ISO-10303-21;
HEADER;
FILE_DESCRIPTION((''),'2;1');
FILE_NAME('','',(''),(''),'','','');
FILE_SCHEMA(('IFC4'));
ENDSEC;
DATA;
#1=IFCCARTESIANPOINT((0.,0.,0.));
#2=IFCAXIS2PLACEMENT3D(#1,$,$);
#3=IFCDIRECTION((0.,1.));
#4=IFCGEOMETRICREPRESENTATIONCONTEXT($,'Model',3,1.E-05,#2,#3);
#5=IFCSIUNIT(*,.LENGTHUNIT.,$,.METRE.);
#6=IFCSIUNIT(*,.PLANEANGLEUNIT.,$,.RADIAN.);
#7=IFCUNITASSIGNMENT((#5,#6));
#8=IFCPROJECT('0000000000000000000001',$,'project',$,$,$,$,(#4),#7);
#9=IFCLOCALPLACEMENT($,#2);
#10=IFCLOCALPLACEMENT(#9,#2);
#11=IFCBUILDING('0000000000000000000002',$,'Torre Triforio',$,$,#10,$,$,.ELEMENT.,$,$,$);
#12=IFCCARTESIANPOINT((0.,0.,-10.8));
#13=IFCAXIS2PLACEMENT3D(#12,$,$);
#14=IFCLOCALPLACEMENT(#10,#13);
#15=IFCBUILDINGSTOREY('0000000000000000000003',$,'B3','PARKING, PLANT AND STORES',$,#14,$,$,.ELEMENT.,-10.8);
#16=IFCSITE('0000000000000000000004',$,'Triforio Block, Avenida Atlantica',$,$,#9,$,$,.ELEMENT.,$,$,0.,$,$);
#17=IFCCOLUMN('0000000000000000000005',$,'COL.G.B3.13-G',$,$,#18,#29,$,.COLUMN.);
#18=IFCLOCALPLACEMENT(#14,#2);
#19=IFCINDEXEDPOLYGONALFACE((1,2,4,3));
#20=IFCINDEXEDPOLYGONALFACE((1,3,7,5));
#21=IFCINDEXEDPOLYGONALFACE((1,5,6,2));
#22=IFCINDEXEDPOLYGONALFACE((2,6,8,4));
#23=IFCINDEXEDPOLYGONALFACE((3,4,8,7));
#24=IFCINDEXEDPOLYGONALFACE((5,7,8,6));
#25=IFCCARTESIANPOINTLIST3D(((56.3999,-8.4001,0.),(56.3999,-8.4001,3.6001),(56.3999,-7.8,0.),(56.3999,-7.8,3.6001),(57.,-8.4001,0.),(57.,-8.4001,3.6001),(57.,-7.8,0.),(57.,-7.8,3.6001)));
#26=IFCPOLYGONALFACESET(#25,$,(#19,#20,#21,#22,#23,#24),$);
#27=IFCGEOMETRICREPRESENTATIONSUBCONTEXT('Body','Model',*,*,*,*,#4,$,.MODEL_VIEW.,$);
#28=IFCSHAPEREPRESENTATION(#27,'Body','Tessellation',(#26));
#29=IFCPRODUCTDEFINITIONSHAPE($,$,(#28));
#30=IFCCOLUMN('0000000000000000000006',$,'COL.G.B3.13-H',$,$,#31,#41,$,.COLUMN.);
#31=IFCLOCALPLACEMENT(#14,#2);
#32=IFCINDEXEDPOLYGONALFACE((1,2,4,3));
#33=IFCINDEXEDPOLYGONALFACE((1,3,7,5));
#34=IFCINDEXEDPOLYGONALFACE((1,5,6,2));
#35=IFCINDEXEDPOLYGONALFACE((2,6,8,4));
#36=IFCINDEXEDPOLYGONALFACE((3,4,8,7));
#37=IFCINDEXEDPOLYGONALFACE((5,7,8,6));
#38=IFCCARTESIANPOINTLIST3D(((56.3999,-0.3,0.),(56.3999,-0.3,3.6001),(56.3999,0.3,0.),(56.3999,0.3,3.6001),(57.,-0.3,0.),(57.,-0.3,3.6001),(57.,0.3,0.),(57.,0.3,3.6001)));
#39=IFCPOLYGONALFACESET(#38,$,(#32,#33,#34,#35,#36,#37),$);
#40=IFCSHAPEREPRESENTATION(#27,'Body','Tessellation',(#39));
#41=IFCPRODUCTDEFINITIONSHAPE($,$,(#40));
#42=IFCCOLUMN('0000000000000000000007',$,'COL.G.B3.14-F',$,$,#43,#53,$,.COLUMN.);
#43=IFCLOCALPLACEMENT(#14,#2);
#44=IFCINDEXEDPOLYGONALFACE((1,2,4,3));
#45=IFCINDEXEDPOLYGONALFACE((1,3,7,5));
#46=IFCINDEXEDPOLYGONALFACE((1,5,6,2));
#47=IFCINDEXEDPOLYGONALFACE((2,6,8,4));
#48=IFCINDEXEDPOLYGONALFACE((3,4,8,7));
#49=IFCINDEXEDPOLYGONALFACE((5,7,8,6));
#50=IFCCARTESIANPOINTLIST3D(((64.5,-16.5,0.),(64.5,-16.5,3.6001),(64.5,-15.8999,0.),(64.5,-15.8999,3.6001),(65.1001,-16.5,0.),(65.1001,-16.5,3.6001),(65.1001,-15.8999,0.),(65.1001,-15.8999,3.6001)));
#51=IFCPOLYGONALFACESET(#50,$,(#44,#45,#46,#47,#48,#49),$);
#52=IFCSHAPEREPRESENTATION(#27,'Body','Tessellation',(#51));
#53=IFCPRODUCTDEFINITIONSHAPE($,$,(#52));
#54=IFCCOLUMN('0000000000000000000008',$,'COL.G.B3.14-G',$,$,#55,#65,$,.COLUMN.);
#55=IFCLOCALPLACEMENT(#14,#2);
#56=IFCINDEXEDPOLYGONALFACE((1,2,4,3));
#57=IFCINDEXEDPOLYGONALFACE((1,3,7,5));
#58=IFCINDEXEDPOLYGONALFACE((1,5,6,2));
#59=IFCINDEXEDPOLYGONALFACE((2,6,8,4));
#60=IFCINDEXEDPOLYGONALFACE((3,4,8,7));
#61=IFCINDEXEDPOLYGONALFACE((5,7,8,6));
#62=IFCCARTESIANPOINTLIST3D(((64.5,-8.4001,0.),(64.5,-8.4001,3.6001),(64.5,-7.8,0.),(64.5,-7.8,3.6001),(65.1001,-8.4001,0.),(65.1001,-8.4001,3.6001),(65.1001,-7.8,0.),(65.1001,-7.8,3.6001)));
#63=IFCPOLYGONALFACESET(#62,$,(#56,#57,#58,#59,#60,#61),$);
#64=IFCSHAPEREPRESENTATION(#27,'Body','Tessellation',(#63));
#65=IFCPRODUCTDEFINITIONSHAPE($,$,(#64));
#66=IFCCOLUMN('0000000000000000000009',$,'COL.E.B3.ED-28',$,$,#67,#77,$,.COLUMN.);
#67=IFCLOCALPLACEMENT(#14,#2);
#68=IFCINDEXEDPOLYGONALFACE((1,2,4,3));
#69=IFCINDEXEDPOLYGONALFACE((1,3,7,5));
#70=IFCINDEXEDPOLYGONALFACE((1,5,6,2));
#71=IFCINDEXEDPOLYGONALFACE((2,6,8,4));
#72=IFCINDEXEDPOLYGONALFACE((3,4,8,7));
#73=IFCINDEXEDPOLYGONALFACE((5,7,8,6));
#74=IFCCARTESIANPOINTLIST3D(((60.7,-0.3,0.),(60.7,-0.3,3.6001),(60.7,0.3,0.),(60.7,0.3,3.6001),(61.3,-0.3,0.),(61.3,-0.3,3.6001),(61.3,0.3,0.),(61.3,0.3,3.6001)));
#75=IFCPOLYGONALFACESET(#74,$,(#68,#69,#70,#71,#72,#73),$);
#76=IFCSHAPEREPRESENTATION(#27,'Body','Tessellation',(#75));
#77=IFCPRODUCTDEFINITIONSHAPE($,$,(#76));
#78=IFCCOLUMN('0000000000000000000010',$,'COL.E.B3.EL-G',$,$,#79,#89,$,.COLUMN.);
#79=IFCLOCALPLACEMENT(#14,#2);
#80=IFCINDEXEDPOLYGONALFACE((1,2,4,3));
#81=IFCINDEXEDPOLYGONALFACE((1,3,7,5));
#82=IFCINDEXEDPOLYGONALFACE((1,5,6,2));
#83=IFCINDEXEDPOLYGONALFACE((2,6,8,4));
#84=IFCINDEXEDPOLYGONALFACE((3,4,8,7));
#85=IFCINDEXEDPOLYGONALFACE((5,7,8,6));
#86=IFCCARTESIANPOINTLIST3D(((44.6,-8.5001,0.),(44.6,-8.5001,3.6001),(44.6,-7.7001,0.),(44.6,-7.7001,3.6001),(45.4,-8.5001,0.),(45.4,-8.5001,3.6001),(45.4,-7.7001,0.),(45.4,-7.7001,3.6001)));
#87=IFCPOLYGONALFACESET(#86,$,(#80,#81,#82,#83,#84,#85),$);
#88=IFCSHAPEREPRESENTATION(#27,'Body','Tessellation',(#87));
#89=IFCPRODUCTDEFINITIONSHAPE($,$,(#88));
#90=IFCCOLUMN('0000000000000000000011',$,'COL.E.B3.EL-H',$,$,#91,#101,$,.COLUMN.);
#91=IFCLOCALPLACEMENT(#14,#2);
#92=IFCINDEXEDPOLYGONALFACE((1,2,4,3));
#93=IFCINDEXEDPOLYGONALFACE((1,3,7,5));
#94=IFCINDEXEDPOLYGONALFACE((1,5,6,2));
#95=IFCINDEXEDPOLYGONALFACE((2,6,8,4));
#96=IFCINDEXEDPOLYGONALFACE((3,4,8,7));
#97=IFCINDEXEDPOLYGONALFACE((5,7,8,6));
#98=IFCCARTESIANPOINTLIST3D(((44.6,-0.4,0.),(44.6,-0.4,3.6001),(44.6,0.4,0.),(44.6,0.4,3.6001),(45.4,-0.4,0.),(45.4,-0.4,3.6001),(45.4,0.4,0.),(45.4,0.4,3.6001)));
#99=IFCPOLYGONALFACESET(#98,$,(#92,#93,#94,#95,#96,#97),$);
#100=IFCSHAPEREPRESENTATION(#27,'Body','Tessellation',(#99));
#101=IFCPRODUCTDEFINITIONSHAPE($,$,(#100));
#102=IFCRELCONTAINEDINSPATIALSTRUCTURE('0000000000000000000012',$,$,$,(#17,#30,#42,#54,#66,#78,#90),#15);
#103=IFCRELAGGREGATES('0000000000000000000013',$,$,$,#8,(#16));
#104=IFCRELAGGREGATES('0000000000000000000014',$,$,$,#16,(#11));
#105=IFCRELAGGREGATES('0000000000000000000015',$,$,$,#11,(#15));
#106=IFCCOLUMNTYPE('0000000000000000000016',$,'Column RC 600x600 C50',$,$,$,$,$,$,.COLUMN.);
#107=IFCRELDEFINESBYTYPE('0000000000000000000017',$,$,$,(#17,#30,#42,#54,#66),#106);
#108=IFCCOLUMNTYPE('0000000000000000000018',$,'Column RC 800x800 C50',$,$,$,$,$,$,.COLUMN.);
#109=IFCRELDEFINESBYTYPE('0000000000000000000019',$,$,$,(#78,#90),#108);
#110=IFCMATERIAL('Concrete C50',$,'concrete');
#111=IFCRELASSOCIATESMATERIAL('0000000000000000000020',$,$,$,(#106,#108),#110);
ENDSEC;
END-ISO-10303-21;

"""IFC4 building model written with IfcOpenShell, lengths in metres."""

from ifc_helpers import new_model, si_unit, direction, frame, origin, origin_2d, place, context, subcontext, project, spatial, rectangle, extrude, material, material_profile, profile_set, type_object, element, save


model = new_model("IFC4")

# Units and contexts
model_context = context("Model", 3, precision=1e-05, world=origin(), true_north=direction((0.0, 1.0)))
body_context = subcontext(model_context, "Body", "Model", "MODEL_VIEW")
ifc_project = project(units=[si_unit("LENGTHUNIT", "METRE"), si_unit("PLANEANGLEUNIT", "RADIAN")], contexts=[model_context])

# Site, building, storey
site_placement = place(None, origin())
site = spatial("IfcSite", under=ifc_project, at=site_placement, Name="Triforio Block, Avenida Atlantica", CompositionType="ELEMENT", RefElevation=0.0)
building_placement = place(site_placement, origin())
building = spatial("IfcBuilding", under=site, at=building_placement, Name="Torre Triforio", CompositionType="ELEMENT")
storey_placement = place(building_placement, frame((0.0, 0.0, -10.8)))
storey = spatial("IfcBuildingStorey", under=building, at=storey_placement, Name="B3", Description="PARKING, PLANT AND STORES", CompositionType="ELEMENT", Elevation=-10.8)

# Shared definitions
ifc_material_1 = material(Name="Concrete C50", Category="concrete")

# Columns
ifc_material_profile_1 = material_profile(ifc_material_1, rectangle(XDim=0.6001, YDim=0.6001, at=origin_2d()), Name="RC 600x600")
ifc_profile_set_1 = profile_set([ifc_material_profile_1], Name="Concrete C50")
column_type_1 = type_object("IfcColumnType", Name="Column RC 600x600 C50", PredefinedType="COLUMN", material=ifc_profile_set_1)
for number, where, z_axis, x_axis, name in (
    (1, (56.7, -8.1001, 0.0), (0.0, 0.0, 1.0), (1.0, 0.0, 0.0), "COL.G.B3.13-G"),
    (2, (56.7, 0.0, 0.0), (0.0, 0.0, 1.0), (1.0, 0.0, 0.0), "COL.G.B3.13-H"),
    (3, (64.8, -16.2, 0.0), (0.0, 0.0, 1.0), (1.0, 0.0, 0.0), "COL.G.B3.14-F"),
    (4, (64.8, -8.1001, 0.0), (0.0, 0.0, 1.0), (1.0, 0.0, 0.0), "COL.G.B3.14-G"),
    (5, (61.0, 0.0, 0.0), (0.0, 0.0, 1.0), (1.0, 0.0, 0.0), "COL.E.B3.ED-28"),
):
    element("IfcColumn", number, at=place(storey_placement, frame(where, z_axis=z_axis, x_axis=x_axis)), inside=storey, type_object=column_type_1, Name=name, PredefinedType="COLUMN", context=body_context, shape_type="SweptSolid", body=[
        extrude(rectangle(XDim=0.6001, YDim=0.6001, at=origin_2d()), origin(), (0.0, 0.0, 1.0), 3.6001),
    ])
ifc_material_profile_2 = material_profile(ifc_material_1, rectangle(XDim=0.8, YDim=0.8, at=origin_2d()), Name="RC 800x800")
ifc_profile_set_2 = profile_set([ifc_material_profile_2], Name="Concrete C50")
column_type_2 = type_object("IfcColumnType", Name="Column RC 800x800 C50", PredefinedType="COLUMN", material=ifc_profile_set_2)
for number, where, z_axis, x_axis, name in (
    (6, (45.0, -8.1001, 0.0), (0.0, 0.0, 1.0), (1.0, 0.0, 0.0), "COL.E.B3.EL-G"),
    (7, (45.0, 0.0, 0.0), (0.0, 0.0, 1.0), (1.0, 0.0, 0.0), "COL.E.B3.EL-H"),
):
    element("IfcColumn", number, at=place(storey_placement, frame(where, z_axis=z_axis, x_axis=x_axis)), inside=storey, type_object=column_type_2, Name=name, PredefinedType="COLUMN", context=body_context, shape_type="SweptSolid", body=[
        extrude(rectangle(XDim=0.8, YDim=0.8, at=origin_2d()), origin(), (0.0, 0.0, 1.0), 3.6001),
    ])

save(model, "model.ifc")
